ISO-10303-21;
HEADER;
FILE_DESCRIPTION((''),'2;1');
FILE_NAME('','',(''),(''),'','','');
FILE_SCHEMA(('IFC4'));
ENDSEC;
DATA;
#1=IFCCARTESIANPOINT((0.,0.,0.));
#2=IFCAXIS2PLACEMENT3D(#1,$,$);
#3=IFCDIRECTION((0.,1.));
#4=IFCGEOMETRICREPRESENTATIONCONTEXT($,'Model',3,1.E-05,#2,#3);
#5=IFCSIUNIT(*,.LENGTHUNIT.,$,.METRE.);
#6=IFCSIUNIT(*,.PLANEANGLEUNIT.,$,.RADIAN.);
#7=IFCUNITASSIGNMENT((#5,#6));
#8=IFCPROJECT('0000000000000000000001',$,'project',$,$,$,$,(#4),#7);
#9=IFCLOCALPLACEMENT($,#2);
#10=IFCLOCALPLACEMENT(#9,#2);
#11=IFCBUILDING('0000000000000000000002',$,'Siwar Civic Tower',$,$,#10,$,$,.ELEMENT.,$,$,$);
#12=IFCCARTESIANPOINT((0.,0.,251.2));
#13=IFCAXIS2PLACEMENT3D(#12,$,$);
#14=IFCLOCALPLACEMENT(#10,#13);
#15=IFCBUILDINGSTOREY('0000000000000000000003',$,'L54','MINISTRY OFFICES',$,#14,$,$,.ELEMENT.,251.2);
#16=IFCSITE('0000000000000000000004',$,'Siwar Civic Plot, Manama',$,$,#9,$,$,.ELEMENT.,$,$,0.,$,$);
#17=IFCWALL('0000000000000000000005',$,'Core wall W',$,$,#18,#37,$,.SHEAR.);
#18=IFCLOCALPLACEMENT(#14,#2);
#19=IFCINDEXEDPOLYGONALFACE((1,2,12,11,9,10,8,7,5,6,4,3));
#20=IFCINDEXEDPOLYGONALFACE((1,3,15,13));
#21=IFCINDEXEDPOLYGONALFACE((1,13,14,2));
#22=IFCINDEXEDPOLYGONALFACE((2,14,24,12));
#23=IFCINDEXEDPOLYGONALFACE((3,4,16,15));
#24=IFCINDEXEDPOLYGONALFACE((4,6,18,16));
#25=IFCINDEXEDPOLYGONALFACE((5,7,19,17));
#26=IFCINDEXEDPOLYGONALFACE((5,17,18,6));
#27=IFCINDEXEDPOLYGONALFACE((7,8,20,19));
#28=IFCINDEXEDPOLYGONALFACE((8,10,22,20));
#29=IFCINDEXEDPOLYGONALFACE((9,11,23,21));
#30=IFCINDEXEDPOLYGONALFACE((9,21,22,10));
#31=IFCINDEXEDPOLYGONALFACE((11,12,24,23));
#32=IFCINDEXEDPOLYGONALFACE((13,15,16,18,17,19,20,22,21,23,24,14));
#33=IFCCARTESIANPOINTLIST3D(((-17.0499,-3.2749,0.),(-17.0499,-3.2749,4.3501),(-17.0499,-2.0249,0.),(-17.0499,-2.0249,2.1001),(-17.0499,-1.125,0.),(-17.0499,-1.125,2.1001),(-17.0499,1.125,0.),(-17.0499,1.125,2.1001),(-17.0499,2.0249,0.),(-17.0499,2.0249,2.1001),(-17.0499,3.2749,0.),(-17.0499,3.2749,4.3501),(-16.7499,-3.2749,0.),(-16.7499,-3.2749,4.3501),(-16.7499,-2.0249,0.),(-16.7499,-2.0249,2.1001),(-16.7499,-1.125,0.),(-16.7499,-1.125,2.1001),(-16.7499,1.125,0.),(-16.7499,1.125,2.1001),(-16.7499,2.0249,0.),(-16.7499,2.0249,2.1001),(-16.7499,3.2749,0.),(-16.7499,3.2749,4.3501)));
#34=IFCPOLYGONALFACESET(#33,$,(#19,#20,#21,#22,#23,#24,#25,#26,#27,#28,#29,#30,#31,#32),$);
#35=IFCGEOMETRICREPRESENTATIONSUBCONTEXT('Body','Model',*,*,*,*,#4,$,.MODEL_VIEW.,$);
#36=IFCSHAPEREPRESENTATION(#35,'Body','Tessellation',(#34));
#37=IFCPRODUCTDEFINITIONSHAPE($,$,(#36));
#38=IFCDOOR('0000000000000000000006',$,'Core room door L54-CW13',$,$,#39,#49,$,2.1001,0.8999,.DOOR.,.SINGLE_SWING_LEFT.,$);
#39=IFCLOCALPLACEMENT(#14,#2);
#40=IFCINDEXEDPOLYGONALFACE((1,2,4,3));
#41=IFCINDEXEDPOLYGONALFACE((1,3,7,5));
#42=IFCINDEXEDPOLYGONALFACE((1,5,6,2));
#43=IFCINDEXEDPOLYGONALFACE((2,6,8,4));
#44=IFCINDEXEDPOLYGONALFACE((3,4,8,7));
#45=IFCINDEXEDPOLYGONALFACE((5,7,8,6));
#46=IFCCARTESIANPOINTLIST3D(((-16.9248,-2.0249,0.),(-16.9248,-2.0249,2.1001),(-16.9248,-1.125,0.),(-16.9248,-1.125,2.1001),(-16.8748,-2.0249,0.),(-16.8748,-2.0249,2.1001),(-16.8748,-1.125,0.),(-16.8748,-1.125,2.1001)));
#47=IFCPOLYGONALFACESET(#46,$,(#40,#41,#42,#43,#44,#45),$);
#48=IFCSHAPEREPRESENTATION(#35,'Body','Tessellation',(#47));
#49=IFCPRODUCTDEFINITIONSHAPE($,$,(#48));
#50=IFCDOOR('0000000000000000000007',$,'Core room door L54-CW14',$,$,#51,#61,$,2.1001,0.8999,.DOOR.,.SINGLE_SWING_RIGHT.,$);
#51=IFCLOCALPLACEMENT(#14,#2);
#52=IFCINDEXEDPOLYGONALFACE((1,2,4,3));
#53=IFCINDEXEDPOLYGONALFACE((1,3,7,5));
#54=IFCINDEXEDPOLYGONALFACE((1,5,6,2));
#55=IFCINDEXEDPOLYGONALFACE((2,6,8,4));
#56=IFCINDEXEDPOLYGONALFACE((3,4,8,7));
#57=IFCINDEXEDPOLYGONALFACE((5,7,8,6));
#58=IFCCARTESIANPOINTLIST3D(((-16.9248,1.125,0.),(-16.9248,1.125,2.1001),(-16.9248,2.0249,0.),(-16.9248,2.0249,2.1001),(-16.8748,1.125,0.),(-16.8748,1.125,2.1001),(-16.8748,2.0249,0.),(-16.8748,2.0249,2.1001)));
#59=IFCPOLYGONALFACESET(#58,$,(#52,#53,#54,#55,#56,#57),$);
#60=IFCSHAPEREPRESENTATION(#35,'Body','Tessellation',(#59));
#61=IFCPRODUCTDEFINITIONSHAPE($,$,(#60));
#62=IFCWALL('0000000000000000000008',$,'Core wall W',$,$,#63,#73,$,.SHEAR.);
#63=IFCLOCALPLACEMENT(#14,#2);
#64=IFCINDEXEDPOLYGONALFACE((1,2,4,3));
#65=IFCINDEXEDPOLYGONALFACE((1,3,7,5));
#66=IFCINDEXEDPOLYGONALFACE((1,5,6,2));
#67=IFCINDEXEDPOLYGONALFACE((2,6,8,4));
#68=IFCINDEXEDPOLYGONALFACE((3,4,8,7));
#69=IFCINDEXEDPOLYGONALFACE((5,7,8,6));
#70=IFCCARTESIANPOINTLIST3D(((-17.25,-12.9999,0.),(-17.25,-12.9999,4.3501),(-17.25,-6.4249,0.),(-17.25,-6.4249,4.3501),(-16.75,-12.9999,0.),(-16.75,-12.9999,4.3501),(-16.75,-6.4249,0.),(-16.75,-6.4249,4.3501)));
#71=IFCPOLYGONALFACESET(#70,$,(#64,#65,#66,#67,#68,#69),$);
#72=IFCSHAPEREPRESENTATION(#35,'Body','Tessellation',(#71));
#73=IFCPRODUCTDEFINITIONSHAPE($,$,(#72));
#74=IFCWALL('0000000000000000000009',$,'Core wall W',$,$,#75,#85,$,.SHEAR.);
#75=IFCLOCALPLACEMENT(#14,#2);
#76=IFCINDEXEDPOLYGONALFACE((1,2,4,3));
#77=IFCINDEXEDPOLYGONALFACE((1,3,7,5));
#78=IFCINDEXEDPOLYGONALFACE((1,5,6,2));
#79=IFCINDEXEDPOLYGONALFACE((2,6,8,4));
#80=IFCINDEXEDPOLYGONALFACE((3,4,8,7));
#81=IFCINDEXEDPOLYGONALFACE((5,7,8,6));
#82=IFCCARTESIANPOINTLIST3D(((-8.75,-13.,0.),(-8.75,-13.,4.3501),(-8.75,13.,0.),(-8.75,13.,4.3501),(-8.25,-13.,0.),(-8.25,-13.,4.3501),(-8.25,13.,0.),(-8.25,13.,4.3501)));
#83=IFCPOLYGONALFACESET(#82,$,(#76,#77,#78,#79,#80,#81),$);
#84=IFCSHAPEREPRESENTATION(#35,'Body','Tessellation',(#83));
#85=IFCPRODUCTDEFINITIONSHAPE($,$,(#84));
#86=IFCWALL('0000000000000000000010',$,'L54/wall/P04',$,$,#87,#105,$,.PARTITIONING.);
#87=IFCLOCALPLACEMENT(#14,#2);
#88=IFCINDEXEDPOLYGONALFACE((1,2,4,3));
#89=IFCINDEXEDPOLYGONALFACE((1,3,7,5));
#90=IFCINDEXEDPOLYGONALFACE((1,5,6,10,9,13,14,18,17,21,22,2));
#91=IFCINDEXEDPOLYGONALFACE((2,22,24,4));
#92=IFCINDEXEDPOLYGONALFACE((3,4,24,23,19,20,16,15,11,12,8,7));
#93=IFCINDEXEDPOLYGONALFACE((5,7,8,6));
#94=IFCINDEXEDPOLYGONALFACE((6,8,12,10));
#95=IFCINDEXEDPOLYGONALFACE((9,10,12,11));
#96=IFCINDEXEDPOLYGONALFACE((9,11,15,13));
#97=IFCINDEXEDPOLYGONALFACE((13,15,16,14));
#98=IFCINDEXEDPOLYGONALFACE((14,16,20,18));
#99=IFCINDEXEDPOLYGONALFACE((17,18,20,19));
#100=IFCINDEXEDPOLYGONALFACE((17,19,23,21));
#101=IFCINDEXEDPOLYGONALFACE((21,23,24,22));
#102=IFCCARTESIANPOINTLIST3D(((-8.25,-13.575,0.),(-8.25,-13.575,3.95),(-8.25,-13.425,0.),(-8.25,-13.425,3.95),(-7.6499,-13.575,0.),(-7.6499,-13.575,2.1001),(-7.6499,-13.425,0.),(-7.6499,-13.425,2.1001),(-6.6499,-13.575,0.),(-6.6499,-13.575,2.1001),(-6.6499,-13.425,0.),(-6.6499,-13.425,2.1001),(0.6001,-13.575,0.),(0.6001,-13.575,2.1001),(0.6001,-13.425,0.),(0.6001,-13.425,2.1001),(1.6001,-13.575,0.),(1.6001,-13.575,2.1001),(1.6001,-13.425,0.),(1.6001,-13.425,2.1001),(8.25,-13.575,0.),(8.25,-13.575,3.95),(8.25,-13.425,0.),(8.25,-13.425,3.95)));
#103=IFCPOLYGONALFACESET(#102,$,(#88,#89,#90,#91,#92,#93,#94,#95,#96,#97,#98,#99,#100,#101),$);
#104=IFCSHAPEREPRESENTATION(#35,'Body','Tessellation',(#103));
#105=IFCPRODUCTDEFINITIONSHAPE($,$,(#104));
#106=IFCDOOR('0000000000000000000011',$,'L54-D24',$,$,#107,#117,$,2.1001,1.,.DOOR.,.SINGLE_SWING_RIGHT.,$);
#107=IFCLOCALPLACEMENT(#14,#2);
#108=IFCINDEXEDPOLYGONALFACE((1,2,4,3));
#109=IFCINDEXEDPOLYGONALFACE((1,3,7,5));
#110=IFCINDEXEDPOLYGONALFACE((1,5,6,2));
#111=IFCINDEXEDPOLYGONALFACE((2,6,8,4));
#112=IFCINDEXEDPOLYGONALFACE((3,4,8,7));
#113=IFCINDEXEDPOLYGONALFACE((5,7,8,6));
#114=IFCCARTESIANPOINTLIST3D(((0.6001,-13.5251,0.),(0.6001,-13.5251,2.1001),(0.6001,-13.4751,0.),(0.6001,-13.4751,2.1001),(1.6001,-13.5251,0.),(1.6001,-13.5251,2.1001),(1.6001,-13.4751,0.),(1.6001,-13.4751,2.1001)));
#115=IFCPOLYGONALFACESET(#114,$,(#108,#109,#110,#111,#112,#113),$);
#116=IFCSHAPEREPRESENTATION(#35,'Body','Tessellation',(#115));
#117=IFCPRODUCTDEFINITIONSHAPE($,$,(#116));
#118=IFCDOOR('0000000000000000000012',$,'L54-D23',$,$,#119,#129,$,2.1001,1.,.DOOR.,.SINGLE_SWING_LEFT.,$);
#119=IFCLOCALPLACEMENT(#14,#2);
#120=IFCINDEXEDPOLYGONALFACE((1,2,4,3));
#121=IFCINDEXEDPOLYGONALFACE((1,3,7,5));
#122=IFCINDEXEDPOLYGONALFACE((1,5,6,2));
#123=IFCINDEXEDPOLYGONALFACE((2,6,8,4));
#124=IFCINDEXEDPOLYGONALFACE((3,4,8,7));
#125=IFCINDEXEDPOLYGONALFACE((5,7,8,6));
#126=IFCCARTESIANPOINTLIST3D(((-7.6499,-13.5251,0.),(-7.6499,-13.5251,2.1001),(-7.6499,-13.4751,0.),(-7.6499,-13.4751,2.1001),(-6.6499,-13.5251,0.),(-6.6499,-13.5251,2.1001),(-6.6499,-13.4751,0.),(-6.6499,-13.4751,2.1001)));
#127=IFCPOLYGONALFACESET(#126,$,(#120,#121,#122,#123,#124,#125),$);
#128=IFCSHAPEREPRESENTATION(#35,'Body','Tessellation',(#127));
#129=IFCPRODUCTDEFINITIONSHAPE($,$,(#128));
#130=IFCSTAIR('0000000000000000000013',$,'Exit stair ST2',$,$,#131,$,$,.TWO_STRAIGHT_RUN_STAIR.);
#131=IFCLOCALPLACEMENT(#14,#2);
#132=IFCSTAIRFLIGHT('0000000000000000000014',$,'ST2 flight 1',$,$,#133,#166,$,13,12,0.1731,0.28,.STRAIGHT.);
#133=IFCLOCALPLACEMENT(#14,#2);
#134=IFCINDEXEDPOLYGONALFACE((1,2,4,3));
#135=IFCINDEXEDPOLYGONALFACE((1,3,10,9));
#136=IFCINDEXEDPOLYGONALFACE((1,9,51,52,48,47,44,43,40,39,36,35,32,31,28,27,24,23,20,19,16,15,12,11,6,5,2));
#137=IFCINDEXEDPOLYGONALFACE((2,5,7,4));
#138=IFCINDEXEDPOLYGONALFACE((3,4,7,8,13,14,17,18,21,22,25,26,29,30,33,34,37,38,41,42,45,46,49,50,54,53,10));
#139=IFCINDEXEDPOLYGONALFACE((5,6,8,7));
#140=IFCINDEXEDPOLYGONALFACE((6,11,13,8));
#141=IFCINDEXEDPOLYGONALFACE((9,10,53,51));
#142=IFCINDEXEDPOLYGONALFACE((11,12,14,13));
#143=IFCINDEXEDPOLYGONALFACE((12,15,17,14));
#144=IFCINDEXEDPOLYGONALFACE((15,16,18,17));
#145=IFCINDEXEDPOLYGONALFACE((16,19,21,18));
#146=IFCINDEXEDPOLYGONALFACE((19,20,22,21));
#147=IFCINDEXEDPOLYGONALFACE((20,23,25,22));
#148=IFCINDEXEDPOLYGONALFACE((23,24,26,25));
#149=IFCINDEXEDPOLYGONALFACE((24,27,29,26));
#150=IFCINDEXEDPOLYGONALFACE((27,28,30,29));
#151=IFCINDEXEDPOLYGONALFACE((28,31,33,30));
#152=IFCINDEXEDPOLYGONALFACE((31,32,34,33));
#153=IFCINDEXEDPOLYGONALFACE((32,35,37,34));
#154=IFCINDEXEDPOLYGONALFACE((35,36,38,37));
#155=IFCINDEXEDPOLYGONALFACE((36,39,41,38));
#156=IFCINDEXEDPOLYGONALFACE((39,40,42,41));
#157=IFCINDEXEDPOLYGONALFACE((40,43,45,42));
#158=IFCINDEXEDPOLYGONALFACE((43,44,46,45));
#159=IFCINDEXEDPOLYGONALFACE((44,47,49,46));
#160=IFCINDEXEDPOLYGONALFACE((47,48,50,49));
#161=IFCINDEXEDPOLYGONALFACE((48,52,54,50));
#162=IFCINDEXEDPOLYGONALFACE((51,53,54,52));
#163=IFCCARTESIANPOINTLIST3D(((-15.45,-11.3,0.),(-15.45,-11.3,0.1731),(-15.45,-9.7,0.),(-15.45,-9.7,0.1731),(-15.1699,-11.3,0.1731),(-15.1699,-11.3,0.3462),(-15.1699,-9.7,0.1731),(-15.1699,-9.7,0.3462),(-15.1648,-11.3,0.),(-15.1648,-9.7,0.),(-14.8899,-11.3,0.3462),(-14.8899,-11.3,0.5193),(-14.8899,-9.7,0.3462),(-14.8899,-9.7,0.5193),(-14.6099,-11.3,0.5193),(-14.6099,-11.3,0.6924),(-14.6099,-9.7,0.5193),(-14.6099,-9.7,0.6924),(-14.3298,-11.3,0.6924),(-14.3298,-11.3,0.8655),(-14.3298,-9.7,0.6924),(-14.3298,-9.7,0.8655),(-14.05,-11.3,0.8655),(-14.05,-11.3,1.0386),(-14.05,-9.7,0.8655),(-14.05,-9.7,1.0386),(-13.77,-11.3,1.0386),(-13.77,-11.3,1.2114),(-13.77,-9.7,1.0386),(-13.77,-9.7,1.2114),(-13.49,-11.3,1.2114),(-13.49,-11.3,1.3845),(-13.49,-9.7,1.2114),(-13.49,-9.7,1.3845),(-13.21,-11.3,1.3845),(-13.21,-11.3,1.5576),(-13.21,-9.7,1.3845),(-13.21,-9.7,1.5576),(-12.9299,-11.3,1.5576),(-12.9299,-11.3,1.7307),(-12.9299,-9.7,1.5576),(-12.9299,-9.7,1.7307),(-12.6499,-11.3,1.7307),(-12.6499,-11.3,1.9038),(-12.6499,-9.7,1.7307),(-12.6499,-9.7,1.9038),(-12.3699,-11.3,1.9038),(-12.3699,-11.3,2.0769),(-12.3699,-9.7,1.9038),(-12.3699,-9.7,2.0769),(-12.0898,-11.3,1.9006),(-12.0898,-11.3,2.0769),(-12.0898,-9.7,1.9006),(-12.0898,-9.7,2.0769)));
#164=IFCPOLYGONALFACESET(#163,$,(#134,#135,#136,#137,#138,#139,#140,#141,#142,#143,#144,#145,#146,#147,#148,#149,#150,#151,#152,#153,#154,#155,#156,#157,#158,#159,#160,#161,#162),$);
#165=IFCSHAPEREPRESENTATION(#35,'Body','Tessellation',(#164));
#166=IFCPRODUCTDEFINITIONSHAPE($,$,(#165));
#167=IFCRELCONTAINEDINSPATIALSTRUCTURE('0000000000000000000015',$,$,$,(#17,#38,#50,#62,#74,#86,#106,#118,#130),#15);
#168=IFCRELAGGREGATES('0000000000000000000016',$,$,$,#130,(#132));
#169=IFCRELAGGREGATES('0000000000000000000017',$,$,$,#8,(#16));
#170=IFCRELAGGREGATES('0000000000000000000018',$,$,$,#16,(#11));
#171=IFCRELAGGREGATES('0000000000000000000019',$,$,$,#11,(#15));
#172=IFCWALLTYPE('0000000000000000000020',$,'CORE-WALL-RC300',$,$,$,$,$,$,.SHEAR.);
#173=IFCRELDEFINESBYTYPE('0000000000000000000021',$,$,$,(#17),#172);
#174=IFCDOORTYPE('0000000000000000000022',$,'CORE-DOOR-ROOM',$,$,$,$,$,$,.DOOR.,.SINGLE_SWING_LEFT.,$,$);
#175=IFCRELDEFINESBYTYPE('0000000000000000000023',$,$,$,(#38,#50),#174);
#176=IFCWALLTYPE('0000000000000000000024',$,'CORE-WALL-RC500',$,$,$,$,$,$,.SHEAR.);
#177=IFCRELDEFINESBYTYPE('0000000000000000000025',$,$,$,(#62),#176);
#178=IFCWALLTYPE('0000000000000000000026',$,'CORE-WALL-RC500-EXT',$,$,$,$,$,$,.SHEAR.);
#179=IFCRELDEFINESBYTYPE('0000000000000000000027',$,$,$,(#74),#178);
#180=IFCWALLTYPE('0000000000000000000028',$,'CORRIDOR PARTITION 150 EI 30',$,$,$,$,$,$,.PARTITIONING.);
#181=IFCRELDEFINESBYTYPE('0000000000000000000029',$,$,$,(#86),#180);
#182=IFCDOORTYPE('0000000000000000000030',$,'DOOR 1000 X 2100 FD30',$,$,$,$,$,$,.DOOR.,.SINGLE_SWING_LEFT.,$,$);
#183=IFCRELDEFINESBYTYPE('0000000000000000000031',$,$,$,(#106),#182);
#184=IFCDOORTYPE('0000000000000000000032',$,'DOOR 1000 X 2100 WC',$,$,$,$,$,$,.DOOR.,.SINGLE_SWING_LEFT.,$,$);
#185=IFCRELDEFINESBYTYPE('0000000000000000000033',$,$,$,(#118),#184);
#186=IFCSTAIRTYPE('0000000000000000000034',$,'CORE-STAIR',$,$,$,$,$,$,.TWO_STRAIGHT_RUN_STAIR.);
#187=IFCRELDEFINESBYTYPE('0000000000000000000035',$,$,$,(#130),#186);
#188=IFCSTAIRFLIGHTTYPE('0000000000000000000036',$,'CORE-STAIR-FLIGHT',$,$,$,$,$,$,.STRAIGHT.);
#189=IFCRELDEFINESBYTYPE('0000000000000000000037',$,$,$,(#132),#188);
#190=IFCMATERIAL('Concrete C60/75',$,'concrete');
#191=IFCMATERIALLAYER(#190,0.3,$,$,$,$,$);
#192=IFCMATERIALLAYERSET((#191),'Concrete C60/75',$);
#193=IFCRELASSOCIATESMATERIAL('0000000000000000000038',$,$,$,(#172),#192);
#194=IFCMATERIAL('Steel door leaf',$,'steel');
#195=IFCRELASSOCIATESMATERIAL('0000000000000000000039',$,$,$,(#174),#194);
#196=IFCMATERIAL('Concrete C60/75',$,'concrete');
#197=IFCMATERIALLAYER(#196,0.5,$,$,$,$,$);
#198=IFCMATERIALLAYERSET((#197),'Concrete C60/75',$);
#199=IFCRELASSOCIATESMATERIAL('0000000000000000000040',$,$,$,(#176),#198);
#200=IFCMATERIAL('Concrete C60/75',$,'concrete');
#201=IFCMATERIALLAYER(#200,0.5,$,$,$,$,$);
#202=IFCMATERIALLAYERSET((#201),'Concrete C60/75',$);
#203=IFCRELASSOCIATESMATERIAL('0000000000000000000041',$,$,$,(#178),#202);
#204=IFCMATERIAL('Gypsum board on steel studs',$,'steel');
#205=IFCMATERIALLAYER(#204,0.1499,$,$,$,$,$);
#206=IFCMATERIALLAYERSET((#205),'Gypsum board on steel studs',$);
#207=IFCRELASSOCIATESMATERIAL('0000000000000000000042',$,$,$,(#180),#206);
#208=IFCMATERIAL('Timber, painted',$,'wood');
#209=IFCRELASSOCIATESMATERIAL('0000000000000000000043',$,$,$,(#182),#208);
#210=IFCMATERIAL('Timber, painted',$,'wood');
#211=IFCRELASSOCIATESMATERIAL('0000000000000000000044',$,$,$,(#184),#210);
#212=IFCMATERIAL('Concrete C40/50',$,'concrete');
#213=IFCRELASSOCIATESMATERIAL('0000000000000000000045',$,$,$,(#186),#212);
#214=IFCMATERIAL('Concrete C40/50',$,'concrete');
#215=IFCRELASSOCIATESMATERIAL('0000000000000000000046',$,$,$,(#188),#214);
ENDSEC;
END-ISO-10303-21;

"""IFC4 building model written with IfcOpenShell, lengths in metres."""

from ifc_helpers import new_model, si_unit, direction, frame, frame_2d, origin, place, context, subcontext, project, spatial, polyline, rectangle, outline, extrude, material, layer, layer_set, type_object, element, fill, aggregate, save


model = new_model("IFC4")

# Units and contexts
model_context = context("Model", 3, precision=1e-05, world=origin(), true_north=direction((0.0, 1.0)))
body_context = subcontext(model_context, "Body", "Model", "MODEL_VIEW")
ifc_project = project(units=[si_unit("LENGTHUNIT", "METRE"), si_unit("PLANEANGLEUNIT", "RADIAN")], contexts=[model_context])

# Site, building, storey
site_placement = place(None, origin())
site = spatial("IfcSite", under=ifc_project, at=site_placement, Name="Siwar Civic Plot, Manama", CompositionType="ELEMENT", RefElevation=0.0)
building_placement = place(site_placement, origin())
building = spatial("IfcBuilding", under=site, at=building_placement, Name="Siwar Civic Tower", CompositionType="ELEMENT")
storey_placement = place(building_placement, frame((0.0, 0.0, 251.2)))
storey = spatial("IfcBuildingStorey", under=building, at=storey_placement, Name="L54", Description="MINISTRY OFFICES", CompositionType="ELEMENT", Elevation=251.2)

# Wall, openings, doors
ifc_material_1 = material(Name="Concrete C60/75", Category="concrete")
ifc_layer_1 = layer(ifc_material_1, 0.3)
ifc_layer_set_1 = layer_set([ifc_layer_1], Name="Concrete C60/75")
wall_type_1 = type_object("IfcWallType", Name="CORE-WALL-RC300", PredefinedType="SHEAR", material=ifc_layer_set_1)
wall_1_placement = place(storey_placement, frame((-16.8999, -3.2749, 0.0), z_axis=(0.0, 0.0, 1.0), x_axis=(0.0, 1.0, 0.0)))
wall_1 = element("IfcWall", 1, at=wall_1_placement, inside=storey, type_object=wall_type_1, Name="Core wall W", PredefinedType="SHEAR", context=body_context, shape_type="SweptSolid", body=[
    extrude(rectangle(XDim=6.5498, YDim=0.3, at=frame_2d((3.2749, 0.0))), origin(), (0.0, 0.0, 1.0), 4.3501),
])
opening_1_placement = place(wall_1_placement, frame((1.25, 0.0, 0.0)))
opening_1 = element("IfcOpeningElement", 2, at=opening_1_placement, cuts=wall_1, PredefinedType="OPENING", context=body_context, shape_type="SweptSolid", body=[
    extrude(rectangle(XDim=0.8999, YDim=2.1001, at=frame_2d((0.45, 1.05))), frame((0.0, 0.1602, 0.0), z_axis=(0.0, -1.0, 0.0), x_axis=(1.0, 0.0, 0.0)), (0.0, 0.0, 1.0), 0.3201),
])
opening_2_placement = place(wall_1_placement, frame((4.3999, 0.0, 0.0)))
opening_2 = element("IfcOpeningElement", 3, at=opening_2_placement, cuts=wall_1, PredefinedType="OPENING", context=body_context, shape_type="SweptSolid", body=[
    extrude(rectangle(XDim=0.8999, YDim=2.1001, at=frame_2d((0.45, 1.05))), frame((0.0, 0.1602, 0.0), z_axis=(0.0, -1.0, 0.0), x_axis=(1.0, 0.0, 0.0)), (0.0, 0.0, 1.0), 0.3201),
])
ifc_material_2 = material(Name="Steel door leaf", Category="steel")
door_type_1 = type_object("IfcDoorType", Name="CORE-DOOR-ROOM", OperationType="SINGLE_SWING_LEFT", PredefinedType="DOOR", material=ifc_material_2)
door_1_placement = place(opening_1_placement, origin())
door_1 = element("IfcDoor", 4, at=door_1_placement, inside=storey, type_object=door_type_1, Name="Core room door L54-CW13", OperationType="SINGLE_SWING_LEFT", OverallHeight=2.1001, OverallWidth=0.8999, PredefinedType="DOOR", context=body_context, shape_type="SweptSolid", body=[
    extrude(rectangle(XDim=0.8999, YDim=2.1001, at=frame_2d((0.45, 1.05))), frame((0.0, 0.0249, 0.0), z_axis=(0.0, -1.0, 0.0), x_axis=(1.0, 0.0, 0.0)), (0.0, 0.0, 1.0), 0.05),
])
fill(opening_1, door_1)
door_2_placement = place(opening_2_placement, origin())
door_2 = element("IfcDoor", 5, at=door_2_placement, inside=storey, type_object=door_type_1, Name="Core room door L54-CW14", OperationType="SINGLE_SWING_RIGHT", OverallHeight=2.1001, OverallWidth=0.8999, PredefinedType="DOOR", context=body_context, shape_type="SweptSolid", body=[
    extrude(rectangle(XDim=0.8999, YDim=2.1001, at=frame_2d((0.45, 1.05))), frame((0.0, 0.0249, 0.0), z_axis=(0.0, -1.0, 0.0), x_axis=(1.0, 0.0, 0.0)), (0.0, 0.0, 1.0), 0.05),
])
fill(opening_2, door_2)

# Walls
ifc_material_3 = material(Name="Concrete C60/75", Category="concrete")
ifc_layer_2 = layer(ifc_material_3, 0.5)
ifc_layer_set_2 = layer_set([ifc_layer_2], Name="Concrete C60/75")
wall_type_2 = type_object("IfcWallType", Name="CORE-WALL-RC500", PredefinedType="SHEAR", material=ifc_layer_set_2)
wall_2_placement = place(storey_placement, frame((-17.0, -13.0, 0.0), z_axis=(0.0, 0.0, 1.0), x_axis=(0.0, 1.0, 0.0)))
element("IfcWall", 6, at=wall_2_placement, inside=storey, type_object=wall_type_2, Name="Core wall W", PredefinedType="SHEAR", context=body_context, shape_type="SweptSolid", body=[
    extrude(rectangle(XDim=6.575, YDim=0.5, at=frame_2d((3.2876, 0.0))), origin(), (0.0, 0.0, 1.0), 4.3501),
])
ifc_material_4 = material(Name="Concrete C60/75", Category="concrete")
ifc_layer_3 = layer(ifc_material_4, 0.5)
ifc_layer_set_3 = layer_set([ifc_layer_3], Name="Concrete C60/75")
wall_type_3 = type_object("IfcWallType", Name="CORE-WALL-RC500-EXT", PredefinedType="SHEAR", material=ifc_layer_set_3)
wall_3_placement = place(storey_placement, frame((-8.5, -13.0, 0.0), z_axis=(0.0, 0.0, 1.0), x_axis=(0.0, 1.0, 0.0)))
element("IfcWall", 7, at=wall_3_placement, inside=storey, type_object=wall_type_3, Name="Core wall W", PredefinedType="SHEAR", context=body_context, shape_type="SweptSolid", body=[
    extrude(rectangle(XDim=26.0, YDim=0.5, at=frame_2d((13.0, 0.0))), origin(), (0.0, 0.0, 1.0), 4.3501),
])

# Wall, openings, doors
ifc_material_5 = material(Name="Gypsum board on steel studs", Category="steel")
ifc_layer_4 = layer(ifc_material_5, 0.1499)
ifc_layer_set_4 = layer_set([ifc_layer_4], Name="Gypsum board on steel studs")
wall_type_4 = type_object("IfcWallType", Name="CORRIDOR PARTITION 150 EI 30", PredefinedType="PARTITIONING", material=ifc_layer_set_4)
wall_4_placement = place(storey_placement, frame((-8.25, -13.5, 0.0), z_axis=(0.0, 0.0, 1.0), x_axis=(1.0, 0.0, 0.0)))
wall_4 = element("IfcWall", 8, at=wall_4_placement, inside=storey, type_object=wall_type_4, Name="L54/wall/P04", PredefinedType="PARTITIONING", context=body_context, shape_type="SweptSolid", body=[
    extrude(rectangle(XDim=16.5, YDim=0.1499, at=frame_2d((8.25, 0.0))), origin(), (0.0, 0.0, 1.0), 3.95),
])
opening_3_placement = place(wall_4_placement, frame((0.6001, 0.0, 0.0)))
opening_3 = element("IfcOpeningElement", 9, at=opening_3_placement, cuts=wall_4, PredefinedType="OPENING", context=body_context, shape_type="SweptSolid", body=[
    extrude(rectangle(XDim=1.0, YDim=2.1001, at=frame_2d((0.5, 1.05))), frame((0.0, 0.085, 0.0), z_axis=(0.0, -1.0, 0.0), x_axis=(1.0, 0.0, 0.0)), (0.0, 0.0, 1.0), 0.1699),
])
opening_4_placement = place(wall_4_placement, frame((8.8501, 0.0, 0.0)))
opening_4 = element("IfcOpeningElement", 10, at=opening_4_placement, cuts=wall_4, PredefinedType="OPENING", context=body_context, shape_type="SweptSolid", body=[
    extrude(rectangle(XDim=1.0, YDim=2.1001, at=frame_2d((0.5, 1.05))), frame((0.0, 0.085, 0.0), z_axis=(0.0, -1.0, 0.0), x_axis=(1.0, 0.0, 0.0)), (0.0, 0.0, 1.0), 0.1699),
])
ifc_material_6 = material(Name="Timber, painted", Category="wood")
door_type_2 = type_object("IfcDoorType", Name="DOOR 1000 X 2100 FD30", OperationType="SINGLE_SWING_LEFT", PredefinedType="DOOR", material=ifc_material_6)
door_3_placement = place(opening_4_placement, origin())
door_3 = element("IfcDoor", 11, at=door_3_placement, inside=storey, type_object=door_type_2, Name="L54-D24", OperationType="SINGLE_SWING_RIGHT", OverallHeight=2.1001, OverallWidth=1.0, PredefinedType="DOOR", context=body_context, shape_type="SweptSolid", body=[
    extrude(rectangle(XDim=1.0, YDim=2.1001, at=frame_2d((0.5, 1.05))), frame((0.0, 0.0249, 0.0), z_axis=(0.0, -1.0, 0.0), x_axis=(1.0, 0.0, 0.0)), (0.0, 0.0, 1.0), 0.05),
])
fill(opening_4, door_3)
ifc_material_7 = material(Name="Timber, painted", Category="wood")
door_type_3 = type_object("IfcDoorType", Name="DOOR 1000 X 2100 WC", OperationType="SINGLE_SWING_LEFT", PredefinedType="DOOR", material=ifc_material_7)
door_4_placement = place(opening_3_placement, origin())
door_4 = element("IfcDoor", 12, at=door_4_placement, inside=storey, type_object=door_type_3, Name="L54-D23", OperationType="SINGLE_SWING_LEFT", OverallHeight=2.1001, OverallWidth=1.0, PredefinedType="DOOR", context=body_context, shape_type="SweptSolid", body=[
    extrude(rectangle(XDim=1.0, YDim=2.1001, at=frame_2d((0.5, 1.05))), frame((0.0, 0.0249, 0.0), z_axis=(0.0, -1.0, 0.0), x_axis=(1.0, 0.0, 0.0)), (0.0, 0.0, 1.0), 0.05),
])
fill(opening_3, door_4)

# Stair, stair flight
ifc_material_8 = material(Name="Concrete C40/50", Category="concrete")
stair_type = type_object("IfcStairType", Name="CORE-STAIR", PredefinedType="TWO_STRAIGHT_RUN_STAIR", material=ifc_material_8)
stair_placement = place(storey_placement, origin())
stair = element("IfcStair", 13, at=stair_placement, inside=storey, type_object=stair_type, Name="Exit stair ST2", PredefinedType="TWO_STRAIGHT_RUN_STAIR")
ifc_material_9 = material(Name="Concrete C40/50", Category="concrete")
stair_flight_type = type_object("IfcStairFlightType", Name="CORE-STAIR-FLIGHT", PredefinedType="STRAIGHT", material=ifc_material_9)
stair_flight_1_placement = place(storey_placement, frame((-15.45, -10.5, 0.0), z_axis=(0.0, 0.0, 1.0), x_axis=(1.0, 0.0, 0.0)))
stair_flight_1 = element("IfcStairFlight", 14, at=stair_flight_1_placement, type_object=stair_flight_type, Name="ST2 flight 1", NumberOfRisers=13, NumberOfTreads=12, PredefinedType="STRAIGHT", RiserHeight=0.1731, TreadLength=0.28, context=body_context, shape_type="SweptSolid", body=[
    extrude(outline(polyline([(0.0, 0.0), (0.0, 0.1731), (0.28, 0.1731), (0.28, 0.3462), (0.5601, 0.3462), (0.5601, 0.5193), (0.8401, 0.5193), (0.8401, 0.6924), (1.1201, 0.6924), (1.1201, 0.8655), (1.3999, 0.8655), (1.3999, 1.0386), (1.6799, 1.0386), (1.6799, 1.2114), (1.96, 1.2114), (1.96, 1.3845), (2.24, 1.3845), (2.24, 1.5576), (2.52, 1.5576), (2.52, 1.7307), (2.8, 1.7307), (2.8, 1.9038), (3.0801, 1.9038), (3.0801, 2.0769), (3.3601, 2.0769), (3.3601, 2.25), (3.3601, 1.9006), (0.2852, 0.0), (0.0, 0.0)])), frame((0.0, 0.8, 0.0), z_axis=(0.0, -1.0, 0.0), x_axis=(1.0, 0.0, 0.0)), (0.0, 0.0, 1.0), 1.6001),
])
aggregate(stair, [stair_flight_1])

save(model, "model.ifc")
